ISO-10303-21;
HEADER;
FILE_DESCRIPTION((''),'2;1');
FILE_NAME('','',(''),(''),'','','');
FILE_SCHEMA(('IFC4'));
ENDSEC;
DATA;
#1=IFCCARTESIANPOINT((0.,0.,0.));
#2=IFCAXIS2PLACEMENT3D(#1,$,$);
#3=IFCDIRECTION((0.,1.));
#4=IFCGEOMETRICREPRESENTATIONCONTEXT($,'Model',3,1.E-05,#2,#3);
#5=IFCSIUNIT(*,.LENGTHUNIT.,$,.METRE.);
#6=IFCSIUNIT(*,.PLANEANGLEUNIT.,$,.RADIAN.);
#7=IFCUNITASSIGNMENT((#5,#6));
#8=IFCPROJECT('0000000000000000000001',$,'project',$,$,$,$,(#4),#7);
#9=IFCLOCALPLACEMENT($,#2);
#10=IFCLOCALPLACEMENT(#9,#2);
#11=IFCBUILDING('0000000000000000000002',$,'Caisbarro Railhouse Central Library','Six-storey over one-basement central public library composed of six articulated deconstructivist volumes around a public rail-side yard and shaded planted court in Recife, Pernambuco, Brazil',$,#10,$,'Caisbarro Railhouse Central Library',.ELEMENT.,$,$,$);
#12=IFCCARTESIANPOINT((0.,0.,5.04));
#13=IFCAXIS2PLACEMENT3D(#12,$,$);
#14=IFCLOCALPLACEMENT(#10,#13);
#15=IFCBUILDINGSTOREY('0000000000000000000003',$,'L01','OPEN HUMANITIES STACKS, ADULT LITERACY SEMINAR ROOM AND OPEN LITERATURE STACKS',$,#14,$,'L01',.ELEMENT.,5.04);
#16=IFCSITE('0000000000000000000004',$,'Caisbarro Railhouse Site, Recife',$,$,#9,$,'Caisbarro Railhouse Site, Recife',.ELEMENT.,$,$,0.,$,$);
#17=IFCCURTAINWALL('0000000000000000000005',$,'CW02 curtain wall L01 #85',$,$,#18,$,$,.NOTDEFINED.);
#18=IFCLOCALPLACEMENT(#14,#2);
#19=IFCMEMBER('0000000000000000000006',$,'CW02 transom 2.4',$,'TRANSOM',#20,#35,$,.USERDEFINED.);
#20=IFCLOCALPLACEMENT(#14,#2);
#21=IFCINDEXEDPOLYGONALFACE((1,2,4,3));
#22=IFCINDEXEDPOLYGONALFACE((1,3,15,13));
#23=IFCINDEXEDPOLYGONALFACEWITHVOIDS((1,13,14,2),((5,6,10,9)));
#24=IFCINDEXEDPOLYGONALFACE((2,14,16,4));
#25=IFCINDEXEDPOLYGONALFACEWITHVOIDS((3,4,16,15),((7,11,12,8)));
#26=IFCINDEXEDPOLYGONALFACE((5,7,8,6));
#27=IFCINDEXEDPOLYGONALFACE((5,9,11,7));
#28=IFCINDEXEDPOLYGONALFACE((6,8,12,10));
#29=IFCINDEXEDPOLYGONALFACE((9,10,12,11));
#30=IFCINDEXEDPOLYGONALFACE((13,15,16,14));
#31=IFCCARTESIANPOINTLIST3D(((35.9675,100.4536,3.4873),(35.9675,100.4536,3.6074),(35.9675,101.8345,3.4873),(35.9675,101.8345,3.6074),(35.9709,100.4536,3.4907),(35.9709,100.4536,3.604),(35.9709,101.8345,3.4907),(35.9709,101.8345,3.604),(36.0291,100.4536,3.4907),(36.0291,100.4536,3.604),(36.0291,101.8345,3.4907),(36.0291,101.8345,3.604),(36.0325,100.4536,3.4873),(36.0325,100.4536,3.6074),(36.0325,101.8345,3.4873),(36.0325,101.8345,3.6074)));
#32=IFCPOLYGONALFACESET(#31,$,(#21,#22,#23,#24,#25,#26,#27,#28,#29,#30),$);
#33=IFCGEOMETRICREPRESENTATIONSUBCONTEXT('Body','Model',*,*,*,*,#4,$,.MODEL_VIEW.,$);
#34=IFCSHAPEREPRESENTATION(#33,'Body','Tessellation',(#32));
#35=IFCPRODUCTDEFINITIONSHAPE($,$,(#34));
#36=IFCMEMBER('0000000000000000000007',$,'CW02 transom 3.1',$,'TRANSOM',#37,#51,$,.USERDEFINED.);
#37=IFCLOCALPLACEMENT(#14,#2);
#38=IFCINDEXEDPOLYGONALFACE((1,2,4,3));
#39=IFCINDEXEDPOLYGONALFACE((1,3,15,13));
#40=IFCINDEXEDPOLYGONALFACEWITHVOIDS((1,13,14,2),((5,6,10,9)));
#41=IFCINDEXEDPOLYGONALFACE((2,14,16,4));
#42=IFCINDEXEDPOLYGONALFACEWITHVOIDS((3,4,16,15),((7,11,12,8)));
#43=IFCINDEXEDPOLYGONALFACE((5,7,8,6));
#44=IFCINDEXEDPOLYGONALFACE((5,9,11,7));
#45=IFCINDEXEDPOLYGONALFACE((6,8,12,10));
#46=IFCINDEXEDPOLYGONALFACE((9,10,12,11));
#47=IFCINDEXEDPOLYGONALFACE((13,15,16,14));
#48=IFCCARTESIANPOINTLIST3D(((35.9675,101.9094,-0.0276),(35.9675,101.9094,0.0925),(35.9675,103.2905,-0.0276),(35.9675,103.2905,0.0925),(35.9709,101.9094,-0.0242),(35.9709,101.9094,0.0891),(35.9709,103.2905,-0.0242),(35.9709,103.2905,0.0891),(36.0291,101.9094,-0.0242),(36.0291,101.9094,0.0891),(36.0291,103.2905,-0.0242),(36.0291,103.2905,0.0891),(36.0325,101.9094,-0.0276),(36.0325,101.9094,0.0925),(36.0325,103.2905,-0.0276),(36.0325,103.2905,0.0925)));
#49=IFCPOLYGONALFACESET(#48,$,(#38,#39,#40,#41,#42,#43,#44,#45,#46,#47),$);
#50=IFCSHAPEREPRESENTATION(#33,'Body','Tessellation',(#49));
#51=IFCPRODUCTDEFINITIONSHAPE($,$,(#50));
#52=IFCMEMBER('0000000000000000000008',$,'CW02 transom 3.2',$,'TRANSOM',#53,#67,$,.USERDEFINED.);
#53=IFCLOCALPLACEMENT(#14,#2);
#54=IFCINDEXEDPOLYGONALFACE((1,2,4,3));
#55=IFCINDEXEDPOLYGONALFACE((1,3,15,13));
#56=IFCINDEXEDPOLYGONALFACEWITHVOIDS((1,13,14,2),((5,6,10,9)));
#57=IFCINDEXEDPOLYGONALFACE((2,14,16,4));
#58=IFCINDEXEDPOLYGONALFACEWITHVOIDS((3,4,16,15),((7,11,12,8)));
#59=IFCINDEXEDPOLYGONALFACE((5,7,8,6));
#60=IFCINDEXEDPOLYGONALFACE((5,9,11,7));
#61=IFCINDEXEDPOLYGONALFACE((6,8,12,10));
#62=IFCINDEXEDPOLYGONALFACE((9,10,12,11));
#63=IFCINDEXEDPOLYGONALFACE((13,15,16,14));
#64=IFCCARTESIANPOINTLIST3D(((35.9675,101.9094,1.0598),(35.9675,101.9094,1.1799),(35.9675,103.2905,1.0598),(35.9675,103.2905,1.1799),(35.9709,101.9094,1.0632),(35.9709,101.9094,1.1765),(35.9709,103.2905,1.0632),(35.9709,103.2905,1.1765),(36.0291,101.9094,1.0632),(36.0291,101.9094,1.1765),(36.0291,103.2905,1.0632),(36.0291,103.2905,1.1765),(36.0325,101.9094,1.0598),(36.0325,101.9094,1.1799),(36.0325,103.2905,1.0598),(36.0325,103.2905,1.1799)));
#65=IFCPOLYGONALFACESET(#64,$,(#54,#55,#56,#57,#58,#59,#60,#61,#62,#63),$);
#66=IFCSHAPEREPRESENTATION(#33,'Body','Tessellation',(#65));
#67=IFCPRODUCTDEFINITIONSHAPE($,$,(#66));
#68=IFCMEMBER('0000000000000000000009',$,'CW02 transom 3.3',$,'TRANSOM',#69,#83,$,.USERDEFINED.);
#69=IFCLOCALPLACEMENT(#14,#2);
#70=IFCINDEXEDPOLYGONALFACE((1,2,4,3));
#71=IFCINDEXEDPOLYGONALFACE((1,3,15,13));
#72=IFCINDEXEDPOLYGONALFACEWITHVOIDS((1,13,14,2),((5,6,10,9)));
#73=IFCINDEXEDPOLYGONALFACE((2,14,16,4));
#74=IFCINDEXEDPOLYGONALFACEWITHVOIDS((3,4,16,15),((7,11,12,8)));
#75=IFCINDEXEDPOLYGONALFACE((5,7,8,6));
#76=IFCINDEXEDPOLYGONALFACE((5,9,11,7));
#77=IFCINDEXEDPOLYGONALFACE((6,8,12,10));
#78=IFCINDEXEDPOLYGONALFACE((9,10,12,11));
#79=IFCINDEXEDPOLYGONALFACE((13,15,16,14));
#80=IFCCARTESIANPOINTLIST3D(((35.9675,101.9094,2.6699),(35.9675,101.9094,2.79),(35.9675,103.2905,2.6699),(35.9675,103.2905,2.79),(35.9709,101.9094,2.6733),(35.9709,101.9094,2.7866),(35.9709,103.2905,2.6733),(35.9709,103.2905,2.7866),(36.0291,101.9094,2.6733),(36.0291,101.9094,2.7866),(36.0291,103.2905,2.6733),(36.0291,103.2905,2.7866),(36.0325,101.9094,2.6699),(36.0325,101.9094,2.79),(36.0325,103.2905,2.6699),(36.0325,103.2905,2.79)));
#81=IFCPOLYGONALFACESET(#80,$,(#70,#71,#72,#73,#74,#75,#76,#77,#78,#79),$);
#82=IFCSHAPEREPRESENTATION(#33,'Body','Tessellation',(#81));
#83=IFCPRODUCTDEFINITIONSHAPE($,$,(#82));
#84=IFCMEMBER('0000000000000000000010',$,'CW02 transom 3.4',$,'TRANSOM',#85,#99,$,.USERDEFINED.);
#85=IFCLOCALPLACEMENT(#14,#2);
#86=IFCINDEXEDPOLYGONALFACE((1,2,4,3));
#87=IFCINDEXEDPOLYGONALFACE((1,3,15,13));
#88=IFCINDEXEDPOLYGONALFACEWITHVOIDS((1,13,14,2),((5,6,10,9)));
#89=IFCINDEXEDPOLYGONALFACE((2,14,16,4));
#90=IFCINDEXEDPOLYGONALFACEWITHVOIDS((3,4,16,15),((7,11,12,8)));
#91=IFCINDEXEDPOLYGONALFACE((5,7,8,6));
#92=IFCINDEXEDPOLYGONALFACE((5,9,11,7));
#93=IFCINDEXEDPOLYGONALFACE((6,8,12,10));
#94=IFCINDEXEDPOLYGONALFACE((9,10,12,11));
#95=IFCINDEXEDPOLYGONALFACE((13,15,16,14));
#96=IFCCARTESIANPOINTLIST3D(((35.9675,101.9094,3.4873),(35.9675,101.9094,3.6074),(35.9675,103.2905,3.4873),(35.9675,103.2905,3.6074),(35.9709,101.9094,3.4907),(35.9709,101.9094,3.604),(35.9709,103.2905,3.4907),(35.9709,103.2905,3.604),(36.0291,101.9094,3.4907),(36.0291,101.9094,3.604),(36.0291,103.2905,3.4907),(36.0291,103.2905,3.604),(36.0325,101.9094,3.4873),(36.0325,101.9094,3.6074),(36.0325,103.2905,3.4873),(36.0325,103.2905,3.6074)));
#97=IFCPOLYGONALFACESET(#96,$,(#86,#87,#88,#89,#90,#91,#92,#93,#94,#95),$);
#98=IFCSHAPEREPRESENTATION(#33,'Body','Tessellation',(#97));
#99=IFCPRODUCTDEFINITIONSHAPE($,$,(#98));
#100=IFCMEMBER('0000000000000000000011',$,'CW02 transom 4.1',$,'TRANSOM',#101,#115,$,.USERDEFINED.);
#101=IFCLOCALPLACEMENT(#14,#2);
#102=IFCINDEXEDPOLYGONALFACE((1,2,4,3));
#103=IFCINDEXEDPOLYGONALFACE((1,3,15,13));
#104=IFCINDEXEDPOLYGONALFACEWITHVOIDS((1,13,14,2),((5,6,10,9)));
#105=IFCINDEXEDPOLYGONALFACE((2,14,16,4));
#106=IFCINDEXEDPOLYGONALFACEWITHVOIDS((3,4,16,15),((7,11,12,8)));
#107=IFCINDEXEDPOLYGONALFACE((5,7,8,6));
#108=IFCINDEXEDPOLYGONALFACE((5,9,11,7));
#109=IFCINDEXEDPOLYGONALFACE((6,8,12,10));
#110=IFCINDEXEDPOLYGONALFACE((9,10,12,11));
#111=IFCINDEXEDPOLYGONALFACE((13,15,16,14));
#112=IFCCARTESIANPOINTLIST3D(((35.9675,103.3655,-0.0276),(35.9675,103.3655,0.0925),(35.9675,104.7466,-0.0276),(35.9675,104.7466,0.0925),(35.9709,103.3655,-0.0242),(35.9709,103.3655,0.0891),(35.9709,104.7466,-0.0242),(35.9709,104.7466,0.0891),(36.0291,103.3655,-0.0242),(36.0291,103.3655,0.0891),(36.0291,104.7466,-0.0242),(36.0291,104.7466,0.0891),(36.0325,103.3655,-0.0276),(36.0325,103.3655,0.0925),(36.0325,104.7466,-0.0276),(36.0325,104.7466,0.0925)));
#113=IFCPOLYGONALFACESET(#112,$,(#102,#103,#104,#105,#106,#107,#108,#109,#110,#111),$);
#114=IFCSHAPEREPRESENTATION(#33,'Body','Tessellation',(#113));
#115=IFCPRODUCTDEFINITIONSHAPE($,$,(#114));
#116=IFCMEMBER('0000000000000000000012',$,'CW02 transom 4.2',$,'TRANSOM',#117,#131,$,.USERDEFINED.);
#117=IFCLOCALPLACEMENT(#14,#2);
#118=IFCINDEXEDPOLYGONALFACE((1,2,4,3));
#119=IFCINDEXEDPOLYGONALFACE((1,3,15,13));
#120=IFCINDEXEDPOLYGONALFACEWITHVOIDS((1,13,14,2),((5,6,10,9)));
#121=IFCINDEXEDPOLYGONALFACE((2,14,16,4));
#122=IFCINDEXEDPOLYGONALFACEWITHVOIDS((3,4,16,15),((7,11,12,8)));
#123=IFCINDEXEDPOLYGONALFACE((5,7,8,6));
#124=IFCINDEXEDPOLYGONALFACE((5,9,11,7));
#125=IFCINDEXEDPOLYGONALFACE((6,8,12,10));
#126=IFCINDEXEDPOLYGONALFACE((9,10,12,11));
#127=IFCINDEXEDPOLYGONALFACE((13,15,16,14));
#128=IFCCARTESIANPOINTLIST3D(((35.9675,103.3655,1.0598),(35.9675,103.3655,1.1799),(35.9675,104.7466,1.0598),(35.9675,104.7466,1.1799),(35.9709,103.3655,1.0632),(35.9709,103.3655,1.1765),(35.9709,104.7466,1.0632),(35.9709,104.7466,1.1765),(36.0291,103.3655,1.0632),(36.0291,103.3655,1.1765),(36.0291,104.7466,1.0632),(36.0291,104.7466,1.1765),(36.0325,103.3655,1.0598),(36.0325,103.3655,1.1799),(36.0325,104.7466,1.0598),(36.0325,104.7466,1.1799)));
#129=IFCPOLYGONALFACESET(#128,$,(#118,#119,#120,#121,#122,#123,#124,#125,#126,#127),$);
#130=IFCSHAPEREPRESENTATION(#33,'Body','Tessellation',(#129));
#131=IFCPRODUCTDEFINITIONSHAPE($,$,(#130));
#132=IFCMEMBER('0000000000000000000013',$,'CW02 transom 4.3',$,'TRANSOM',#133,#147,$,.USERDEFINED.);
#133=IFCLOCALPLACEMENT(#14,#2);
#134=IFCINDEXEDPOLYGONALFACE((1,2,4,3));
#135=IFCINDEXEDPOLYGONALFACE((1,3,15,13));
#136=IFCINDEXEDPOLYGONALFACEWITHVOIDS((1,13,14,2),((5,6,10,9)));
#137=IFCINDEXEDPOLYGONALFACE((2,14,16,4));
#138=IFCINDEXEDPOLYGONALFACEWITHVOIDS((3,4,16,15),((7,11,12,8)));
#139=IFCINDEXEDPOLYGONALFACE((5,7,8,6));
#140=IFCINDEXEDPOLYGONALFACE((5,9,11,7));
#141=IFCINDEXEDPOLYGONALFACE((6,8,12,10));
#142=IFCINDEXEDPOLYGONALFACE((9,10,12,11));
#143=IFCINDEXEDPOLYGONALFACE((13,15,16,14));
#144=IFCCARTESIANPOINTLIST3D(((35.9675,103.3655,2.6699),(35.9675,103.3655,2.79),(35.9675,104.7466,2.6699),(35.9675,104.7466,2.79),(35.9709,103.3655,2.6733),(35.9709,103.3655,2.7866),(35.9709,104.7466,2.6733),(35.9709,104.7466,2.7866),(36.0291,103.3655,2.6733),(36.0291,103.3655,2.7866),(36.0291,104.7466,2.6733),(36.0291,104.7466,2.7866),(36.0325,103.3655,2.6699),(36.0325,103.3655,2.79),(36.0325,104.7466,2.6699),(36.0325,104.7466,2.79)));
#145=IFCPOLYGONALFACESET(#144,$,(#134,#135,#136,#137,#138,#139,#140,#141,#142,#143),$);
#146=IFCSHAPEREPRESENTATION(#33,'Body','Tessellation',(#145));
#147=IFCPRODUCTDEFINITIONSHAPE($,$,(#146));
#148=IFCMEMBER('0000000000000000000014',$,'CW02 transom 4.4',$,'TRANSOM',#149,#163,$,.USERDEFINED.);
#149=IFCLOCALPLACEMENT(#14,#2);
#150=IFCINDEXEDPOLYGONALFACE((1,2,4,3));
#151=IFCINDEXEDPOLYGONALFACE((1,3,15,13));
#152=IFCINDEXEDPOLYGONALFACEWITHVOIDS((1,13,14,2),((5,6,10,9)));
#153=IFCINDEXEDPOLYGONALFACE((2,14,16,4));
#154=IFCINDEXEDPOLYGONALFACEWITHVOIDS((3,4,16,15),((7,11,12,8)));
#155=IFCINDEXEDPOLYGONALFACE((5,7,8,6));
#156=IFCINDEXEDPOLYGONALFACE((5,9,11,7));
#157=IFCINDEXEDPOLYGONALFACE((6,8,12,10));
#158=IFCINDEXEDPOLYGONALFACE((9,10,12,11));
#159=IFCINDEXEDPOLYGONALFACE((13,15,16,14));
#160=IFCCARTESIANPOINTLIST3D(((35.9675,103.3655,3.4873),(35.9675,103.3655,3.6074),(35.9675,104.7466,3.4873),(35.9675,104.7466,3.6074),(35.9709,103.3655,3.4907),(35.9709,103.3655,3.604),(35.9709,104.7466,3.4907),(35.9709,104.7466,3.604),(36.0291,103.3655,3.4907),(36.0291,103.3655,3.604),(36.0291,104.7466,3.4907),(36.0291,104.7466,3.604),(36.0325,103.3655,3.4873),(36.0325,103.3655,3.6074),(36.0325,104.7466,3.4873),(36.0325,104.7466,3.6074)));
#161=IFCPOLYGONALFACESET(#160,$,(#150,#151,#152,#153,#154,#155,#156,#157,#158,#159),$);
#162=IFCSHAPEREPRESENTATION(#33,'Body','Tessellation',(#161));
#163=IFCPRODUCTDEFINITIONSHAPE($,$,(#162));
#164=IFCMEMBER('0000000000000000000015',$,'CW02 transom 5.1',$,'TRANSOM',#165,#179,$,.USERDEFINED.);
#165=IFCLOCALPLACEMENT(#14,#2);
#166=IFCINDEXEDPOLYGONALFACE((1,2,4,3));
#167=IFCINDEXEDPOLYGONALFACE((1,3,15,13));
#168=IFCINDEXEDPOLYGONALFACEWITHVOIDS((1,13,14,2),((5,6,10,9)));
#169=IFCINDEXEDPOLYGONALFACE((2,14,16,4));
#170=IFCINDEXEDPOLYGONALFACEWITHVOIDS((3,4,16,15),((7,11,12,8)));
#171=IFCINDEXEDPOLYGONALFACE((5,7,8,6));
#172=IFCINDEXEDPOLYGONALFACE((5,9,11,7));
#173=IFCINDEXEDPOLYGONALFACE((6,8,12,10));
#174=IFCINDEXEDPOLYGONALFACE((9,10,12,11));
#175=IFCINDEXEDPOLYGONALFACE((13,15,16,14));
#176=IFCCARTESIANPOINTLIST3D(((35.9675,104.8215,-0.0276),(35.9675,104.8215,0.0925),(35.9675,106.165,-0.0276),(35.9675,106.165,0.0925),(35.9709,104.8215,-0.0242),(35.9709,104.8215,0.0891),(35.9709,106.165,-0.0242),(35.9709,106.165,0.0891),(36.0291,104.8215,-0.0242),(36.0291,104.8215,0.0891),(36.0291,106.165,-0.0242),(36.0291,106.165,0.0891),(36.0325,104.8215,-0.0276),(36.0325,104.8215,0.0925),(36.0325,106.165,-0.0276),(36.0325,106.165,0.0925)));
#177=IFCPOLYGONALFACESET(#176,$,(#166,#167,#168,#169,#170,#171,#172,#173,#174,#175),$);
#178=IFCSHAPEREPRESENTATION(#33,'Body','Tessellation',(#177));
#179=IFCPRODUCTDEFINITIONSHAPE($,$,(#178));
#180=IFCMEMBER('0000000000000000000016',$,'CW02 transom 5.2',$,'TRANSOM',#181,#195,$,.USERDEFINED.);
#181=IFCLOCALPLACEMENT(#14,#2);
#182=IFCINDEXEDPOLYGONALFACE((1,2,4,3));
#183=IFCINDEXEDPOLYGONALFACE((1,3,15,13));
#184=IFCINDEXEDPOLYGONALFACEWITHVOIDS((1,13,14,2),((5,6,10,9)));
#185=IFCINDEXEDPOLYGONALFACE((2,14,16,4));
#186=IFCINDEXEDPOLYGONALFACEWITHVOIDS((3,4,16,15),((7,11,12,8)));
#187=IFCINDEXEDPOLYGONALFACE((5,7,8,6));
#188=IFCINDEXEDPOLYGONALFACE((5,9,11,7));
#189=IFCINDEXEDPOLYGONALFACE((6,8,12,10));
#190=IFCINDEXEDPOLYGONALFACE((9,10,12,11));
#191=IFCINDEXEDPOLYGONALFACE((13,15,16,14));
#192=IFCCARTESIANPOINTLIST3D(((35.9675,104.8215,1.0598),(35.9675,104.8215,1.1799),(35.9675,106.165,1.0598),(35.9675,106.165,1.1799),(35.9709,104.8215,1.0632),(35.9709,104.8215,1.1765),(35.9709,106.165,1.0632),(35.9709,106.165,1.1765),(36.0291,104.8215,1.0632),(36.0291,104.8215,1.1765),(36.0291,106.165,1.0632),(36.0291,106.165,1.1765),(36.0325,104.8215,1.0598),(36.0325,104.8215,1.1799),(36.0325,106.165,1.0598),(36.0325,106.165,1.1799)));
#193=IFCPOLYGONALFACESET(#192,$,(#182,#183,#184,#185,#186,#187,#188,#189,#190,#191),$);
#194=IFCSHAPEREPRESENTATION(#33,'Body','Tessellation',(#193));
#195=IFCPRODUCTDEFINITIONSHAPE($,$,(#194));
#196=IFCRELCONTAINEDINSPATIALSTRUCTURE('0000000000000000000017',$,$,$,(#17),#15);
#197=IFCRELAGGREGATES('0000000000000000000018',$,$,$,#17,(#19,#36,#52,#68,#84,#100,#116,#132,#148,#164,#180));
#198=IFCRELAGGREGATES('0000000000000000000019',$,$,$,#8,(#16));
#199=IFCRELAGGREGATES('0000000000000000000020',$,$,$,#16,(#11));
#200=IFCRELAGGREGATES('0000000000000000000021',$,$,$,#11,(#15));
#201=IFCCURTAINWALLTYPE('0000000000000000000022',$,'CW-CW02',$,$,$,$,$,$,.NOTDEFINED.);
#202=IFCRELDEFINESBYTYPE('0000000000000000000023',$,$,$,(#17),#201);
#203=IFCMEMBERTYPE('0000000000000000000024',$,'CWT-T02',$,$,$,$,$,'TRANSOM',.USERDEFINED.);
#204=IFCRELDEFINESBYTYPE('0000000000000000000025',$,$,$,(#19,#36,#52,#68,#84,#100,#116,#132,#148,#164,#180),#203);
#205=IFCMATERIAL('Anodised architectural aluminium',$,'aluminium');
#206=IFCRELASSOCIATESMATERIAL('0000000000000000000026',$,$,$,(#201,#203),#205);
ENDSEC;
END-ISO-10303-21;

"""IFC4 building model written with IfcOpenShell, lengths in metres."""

from ifc_helpers import new_model, si_unit, direction, frame, origin, origin_2d, place, context, subcontext, project, spatial, hollow_rectangle, extrude, material, material_profile, profile_set, type_object, element, aggregate, save


model = new_model("IFC4")

# Units and contexts
model_context = context("Model", 3, precision=1e-05, world=origin(), true_north=direction((0.0, 1.0)))
body_context = subcontext(model_context, "Body", "Model", "MODEL_VIEW")
ifc_project = project(units=[si_unit("LENGTHUNIT", "METRE"), si_unit("PLANEANGLEUNIT", "RADIAN")], contexts=[model_context])

# Site, building, storey
site_placement = place(None, origin())
site = spatial("IfcSite", under=ifc_project, at=site_placement, Name="Caisbarro Railhouse Site, Recife", LongName="Caisbarro Railhouse Site, Recife", CompositionType="ELEMENT", RefElevation=0.0)
building_placement = place(site_placement, origin())
building = spatial("IfcBuilding", under=site, at=building_placement, Name="Caisbarro Railhouse Central Library", Description="Six-storey over one-basement central public library composed of six articulated deconstructivist volumes around a public rail-side yard and shaded planted court in Recife, Pernambuco, Brazil", LongName="Caisbarro Railhouse Central Library", CompositionType="ELEMENT")
storey_placement = place(building_placement, frame((0.0, 0.0, 5.04)))
storey = spatial("IfcBuildingStorey", under=building, at=storey_placement, Name="L01", Description="OPEN HUMANITIES STACKS, ADULT LITERACY SEMINAR ROOM AND OPEN LITERATURE STACKS", LongName="L01", CompositionType="ELEMENT", Elevation=5.04)

# Curtain wall, members
ifc_material_1 = material(Name="Anodised architectural aluminium", Category="aluminium")
curtain_wall_type = type_object("IfcCurtainWallType", Name="CW-CW02", PredefinedType="NOTDEFINED", material=ifc_material_1)
curtain_wall_placement = place(storey_placement, origin())
curtain_wall = element("IfcCurtainWall", 1, at=curtain_wall_placement, inside=storey, type_object=curtain_wall_type, Name="CW02 curtain wall L01 #85", PredefinedType="NOTDEFINED")
ifc_material_profile_1 = material_profile(ifc_material_1, hollow_rectangle(XDim=0.0649, YDim=0.1201, WallThickness=0.0034, at=origin_2d()), Name="ALU-TRN-65X120")
ifc_profile_set_1 = profile_set([ifc_material_profile_1], Name="Anodised architectural aluminium")
member_type_1 = type_object("IfcMemberType", Name="CWT-T02", ElementType="TRANSOM", PredefinedType="USERDEFINED", material=ifc_profile_set_1)
member_1_placement = place(storey_placement, frame((36.0, 100.4536, 3.5474), z_axis=(0.0, 1.0, 0.0), x_axis=(-1.0, 0.0, 0.0)))
member_1 = element("IfcMember", 2, at=member_1_placement, type_object=member_type_1, Name="CW02 transom 2.4", ObjectType="TRANSOM", PredefinedType="USERDEFINED", context=body_context, shape_type="SweptSolid", body=[
    extrude(hollow_rectangle(XDim=0.0649, YDim=0.1201, WallThickness=0.0034, at=origin_2d()), origin(), (0.0, 0.0, 1.0), 1.3809),
])
member_2_placement = place(storey_placement, frame((36.0, 101.9094, 0.0325), z_axis=(0.0, 1.0, 0.0), x_axis=(-1.0, 0.0, 0.0)))
member_2 = element("IfcMember", 3, at=member_2_placement, type_object=member_type_1, Name="CW02 transom 3.1", ObjectType="TRANSOM", PredefinedType="USERDEFINED", context=body_context, shape_type="SweptSolid", body=[
    extrude(hollow_rectangle(XDim=0.0649, YDim=0.1201, WallThickness=0.0034, at=origin_2d()), origin(), (0.0, 0.0, 1.0), 1.3811),
])
member_3_placement = place(storey_placement, frame((36.0, 101.9094, 1.1199), z_axis=(0.0, 1.0, 0.0), x_axis=(-1.0, 0.0, 0.0)))
member_3 = element("IfcMember", 4, at=member_3_placement, type_object=member_type_1, Name="CW02 transom 3.2", ObjectType="TRANSOM", PredefinedType="USERDEFINED", context=body_context, shape_type="SweptSolid", body=[
    extrude(hollow_rectangle(XDim=0.0649, YDim=0.1201, WallThickness=0.0034, at=origin_2d()), origin(), (0.0, 0.0, 1.0), 1.3811),
])
member_4_placement = place(storey_placement, frame((36.0, 101.9094, 2.73), z_axis=(0.0, 1.0, 0.0), x_axis=(-1.0, 0.0, 0.0)))
member_4 = element("IfcMember", 5, at=member_4_placement, type_object=member_type_1, Name="CW02 transom 3.3", ObjectType="TRANSOM", PredefinedType="USERDEFINED", context=body_context, shape_type="SweptSolid", body=[
    extrude(hollow_rectangle(XDim=0.0649, YDim=0.1201, WallThickness=0.0034, at=origin_2d()), origin(), (0.0, 0.0, 1.0), 1.3811),
])
member_5_placement = place(storey_placement, frame((36.0, 101.9094, 3.5474), z_axis=(0.0, 1.0, 0.0), x_axis=(-1.0, 0.0, 0.0)))
member_5 = element("IfcMember", 6, at=member_5_placement, type_object=member_type_1, Name="CW02 transom 3.4", ObjectType="TRANSOM", PredefinedType="USERDEFINED", context=body_context, shape_type="SweptSolid", body=[
    extrude(hollow_rectangle(XDim=0.0649, YDim=0.1201, WallThickness=0.0034, at=origin_2d()), origin(), (0.0, 0.0, 1.0), 1.3811),
])
member_6_placement = place(storey_placement, frame((36.0, 103.3655, 0.0325), z_axis=(0.0, 1.0, 0.0), x_axis=(-1.0, 0.0, 0.0)))
member_6 = element("IfcMember", 7, at=member_6_placement, type_object=member_type_1, Name="CW02 transom 4.1", ObjectType="TRANSOM", PredefinedType="USERDEFINED", context=body_context, shape_type="SweptSolid", body=[
    extrude(hollow_rectangle(XDim=0.0649, YDim=0.1201, WallThickness=0.0034, at=origin_2d()), origin(), (0.0, 0.0, 1.0), 1.3811),
])
member_7_placement = place(storey_placement, frame((36.0, 103.3655, 1.1199), z_axis=(0.0, 1.0, 0.0), x_axis=(-1.0, 0.0, 0.0)))
member_7 = element("IfcMember", 8, at=member_7_placement, type_object=member_type_1, Name="CW02 transom 4.2", ObjectType="TRANSOM", PredefinedType="USERDEFINED", context=body_context, shape_type="SweptSolid", body=[
    extrude(hollow_rectangle(XDim=0.0649, YDim=0.1201, WallThickness=0.0034, at=origin_2d()), origin(), (0.0, 0.0, 1.0), 1.3811),
])
member_8_placement = place(storey_placement, frame((36.0, 103.3655, 2.73), z_axis=(0.0, 1.0, 0.0), x_axis=(-1.0, 0.0, 0.0)))
member_8 = element("IfcMember", 9, at=member_8_placement, type_object=member_type_1, Name="CW02 transom 4.3", ObjectType="TRANSOM", PredefinedType="USERDEFINED", context=body_context, shape_type="SweptSolid", body=[
    extrude(hollow_rectangle(XDim=0.0649, YDim=0.1201, WallThickness=0.0034, at=origin_2d()), origin(), (0.0, 0.0, 1.0), 1.3811),
])
member_9_placement = place(storey_placement, frame((36.0, 103.3655, 3.5474), z_axis=(0.0, 1.0, 0.0), x_axis=(-1.0, 0.0, 0.0)))
member_9 = element("IfcMember", 10, at=member_9_placement, type_object=member_type_1, Name="CW02 transom 4.4", ObjectType="TRANSOM", PredefinedType="USERDEFINED", context=body_context, shape_type="SweptSolid", body=[
    extrude(hollow_rectangle(XDim=0.0649, YDim=0.1201, WallThickness=0.0034, at=origin_2d()), origin(), (0.0, 0.0, 1.0), 1.3811),
])
member_10_placement = place(storey_placement, frame((36.0, 104.8215, 0.0325), z_axis=(0.0, 1.0, 0.0), x_axis=(-1.0, 0.0, 0.0)))
member_10 = element("IfcMember", 11, at=member_10_placement, type_object=member_type_1, Name="CW02 transom 5.1", ObjectType="TRANSOM", PredefinedType="USERDEFINED", context=body_context, shape_type="SweptSolid", body=[
    extrude(hollow_rectangle(XDim=0.0649, YDim=0.1201, WallThickness=0.0034, at=origin_2d()), origin(), (0.0, 0.0, 1.0), 1.3435),
])
member_11_placement = place(storey_placement, frame((36.0, 104.8215, 1.1199), z_axis=(0.0, 1.0, 0.0), x_axis=(-1.0, 0.0, 0.0)))
member_11 = element("IfcMember", 12, at=member_11_placement, type_object=member_type_1, Name="CW02 transom 5.2", ObjectType="TRANSOM", PredefinedType="USERDEFINED", context=body_context, shape_type="SweptSolid", body=[
    extrude(hollow_rectangle(XDim=0.0649, YDim=0.1201, WallThickness=0.0034, at=origin_2d()), origin(), (0.0, 0.0, 1.0), 1.3435),
])
aggregate(curtain_wall, [member_1, member_2, member_3, member_4, member_5, member_6, member_7, member_8, member_9, member_10, member_11])

save(model, "model.ifc")
